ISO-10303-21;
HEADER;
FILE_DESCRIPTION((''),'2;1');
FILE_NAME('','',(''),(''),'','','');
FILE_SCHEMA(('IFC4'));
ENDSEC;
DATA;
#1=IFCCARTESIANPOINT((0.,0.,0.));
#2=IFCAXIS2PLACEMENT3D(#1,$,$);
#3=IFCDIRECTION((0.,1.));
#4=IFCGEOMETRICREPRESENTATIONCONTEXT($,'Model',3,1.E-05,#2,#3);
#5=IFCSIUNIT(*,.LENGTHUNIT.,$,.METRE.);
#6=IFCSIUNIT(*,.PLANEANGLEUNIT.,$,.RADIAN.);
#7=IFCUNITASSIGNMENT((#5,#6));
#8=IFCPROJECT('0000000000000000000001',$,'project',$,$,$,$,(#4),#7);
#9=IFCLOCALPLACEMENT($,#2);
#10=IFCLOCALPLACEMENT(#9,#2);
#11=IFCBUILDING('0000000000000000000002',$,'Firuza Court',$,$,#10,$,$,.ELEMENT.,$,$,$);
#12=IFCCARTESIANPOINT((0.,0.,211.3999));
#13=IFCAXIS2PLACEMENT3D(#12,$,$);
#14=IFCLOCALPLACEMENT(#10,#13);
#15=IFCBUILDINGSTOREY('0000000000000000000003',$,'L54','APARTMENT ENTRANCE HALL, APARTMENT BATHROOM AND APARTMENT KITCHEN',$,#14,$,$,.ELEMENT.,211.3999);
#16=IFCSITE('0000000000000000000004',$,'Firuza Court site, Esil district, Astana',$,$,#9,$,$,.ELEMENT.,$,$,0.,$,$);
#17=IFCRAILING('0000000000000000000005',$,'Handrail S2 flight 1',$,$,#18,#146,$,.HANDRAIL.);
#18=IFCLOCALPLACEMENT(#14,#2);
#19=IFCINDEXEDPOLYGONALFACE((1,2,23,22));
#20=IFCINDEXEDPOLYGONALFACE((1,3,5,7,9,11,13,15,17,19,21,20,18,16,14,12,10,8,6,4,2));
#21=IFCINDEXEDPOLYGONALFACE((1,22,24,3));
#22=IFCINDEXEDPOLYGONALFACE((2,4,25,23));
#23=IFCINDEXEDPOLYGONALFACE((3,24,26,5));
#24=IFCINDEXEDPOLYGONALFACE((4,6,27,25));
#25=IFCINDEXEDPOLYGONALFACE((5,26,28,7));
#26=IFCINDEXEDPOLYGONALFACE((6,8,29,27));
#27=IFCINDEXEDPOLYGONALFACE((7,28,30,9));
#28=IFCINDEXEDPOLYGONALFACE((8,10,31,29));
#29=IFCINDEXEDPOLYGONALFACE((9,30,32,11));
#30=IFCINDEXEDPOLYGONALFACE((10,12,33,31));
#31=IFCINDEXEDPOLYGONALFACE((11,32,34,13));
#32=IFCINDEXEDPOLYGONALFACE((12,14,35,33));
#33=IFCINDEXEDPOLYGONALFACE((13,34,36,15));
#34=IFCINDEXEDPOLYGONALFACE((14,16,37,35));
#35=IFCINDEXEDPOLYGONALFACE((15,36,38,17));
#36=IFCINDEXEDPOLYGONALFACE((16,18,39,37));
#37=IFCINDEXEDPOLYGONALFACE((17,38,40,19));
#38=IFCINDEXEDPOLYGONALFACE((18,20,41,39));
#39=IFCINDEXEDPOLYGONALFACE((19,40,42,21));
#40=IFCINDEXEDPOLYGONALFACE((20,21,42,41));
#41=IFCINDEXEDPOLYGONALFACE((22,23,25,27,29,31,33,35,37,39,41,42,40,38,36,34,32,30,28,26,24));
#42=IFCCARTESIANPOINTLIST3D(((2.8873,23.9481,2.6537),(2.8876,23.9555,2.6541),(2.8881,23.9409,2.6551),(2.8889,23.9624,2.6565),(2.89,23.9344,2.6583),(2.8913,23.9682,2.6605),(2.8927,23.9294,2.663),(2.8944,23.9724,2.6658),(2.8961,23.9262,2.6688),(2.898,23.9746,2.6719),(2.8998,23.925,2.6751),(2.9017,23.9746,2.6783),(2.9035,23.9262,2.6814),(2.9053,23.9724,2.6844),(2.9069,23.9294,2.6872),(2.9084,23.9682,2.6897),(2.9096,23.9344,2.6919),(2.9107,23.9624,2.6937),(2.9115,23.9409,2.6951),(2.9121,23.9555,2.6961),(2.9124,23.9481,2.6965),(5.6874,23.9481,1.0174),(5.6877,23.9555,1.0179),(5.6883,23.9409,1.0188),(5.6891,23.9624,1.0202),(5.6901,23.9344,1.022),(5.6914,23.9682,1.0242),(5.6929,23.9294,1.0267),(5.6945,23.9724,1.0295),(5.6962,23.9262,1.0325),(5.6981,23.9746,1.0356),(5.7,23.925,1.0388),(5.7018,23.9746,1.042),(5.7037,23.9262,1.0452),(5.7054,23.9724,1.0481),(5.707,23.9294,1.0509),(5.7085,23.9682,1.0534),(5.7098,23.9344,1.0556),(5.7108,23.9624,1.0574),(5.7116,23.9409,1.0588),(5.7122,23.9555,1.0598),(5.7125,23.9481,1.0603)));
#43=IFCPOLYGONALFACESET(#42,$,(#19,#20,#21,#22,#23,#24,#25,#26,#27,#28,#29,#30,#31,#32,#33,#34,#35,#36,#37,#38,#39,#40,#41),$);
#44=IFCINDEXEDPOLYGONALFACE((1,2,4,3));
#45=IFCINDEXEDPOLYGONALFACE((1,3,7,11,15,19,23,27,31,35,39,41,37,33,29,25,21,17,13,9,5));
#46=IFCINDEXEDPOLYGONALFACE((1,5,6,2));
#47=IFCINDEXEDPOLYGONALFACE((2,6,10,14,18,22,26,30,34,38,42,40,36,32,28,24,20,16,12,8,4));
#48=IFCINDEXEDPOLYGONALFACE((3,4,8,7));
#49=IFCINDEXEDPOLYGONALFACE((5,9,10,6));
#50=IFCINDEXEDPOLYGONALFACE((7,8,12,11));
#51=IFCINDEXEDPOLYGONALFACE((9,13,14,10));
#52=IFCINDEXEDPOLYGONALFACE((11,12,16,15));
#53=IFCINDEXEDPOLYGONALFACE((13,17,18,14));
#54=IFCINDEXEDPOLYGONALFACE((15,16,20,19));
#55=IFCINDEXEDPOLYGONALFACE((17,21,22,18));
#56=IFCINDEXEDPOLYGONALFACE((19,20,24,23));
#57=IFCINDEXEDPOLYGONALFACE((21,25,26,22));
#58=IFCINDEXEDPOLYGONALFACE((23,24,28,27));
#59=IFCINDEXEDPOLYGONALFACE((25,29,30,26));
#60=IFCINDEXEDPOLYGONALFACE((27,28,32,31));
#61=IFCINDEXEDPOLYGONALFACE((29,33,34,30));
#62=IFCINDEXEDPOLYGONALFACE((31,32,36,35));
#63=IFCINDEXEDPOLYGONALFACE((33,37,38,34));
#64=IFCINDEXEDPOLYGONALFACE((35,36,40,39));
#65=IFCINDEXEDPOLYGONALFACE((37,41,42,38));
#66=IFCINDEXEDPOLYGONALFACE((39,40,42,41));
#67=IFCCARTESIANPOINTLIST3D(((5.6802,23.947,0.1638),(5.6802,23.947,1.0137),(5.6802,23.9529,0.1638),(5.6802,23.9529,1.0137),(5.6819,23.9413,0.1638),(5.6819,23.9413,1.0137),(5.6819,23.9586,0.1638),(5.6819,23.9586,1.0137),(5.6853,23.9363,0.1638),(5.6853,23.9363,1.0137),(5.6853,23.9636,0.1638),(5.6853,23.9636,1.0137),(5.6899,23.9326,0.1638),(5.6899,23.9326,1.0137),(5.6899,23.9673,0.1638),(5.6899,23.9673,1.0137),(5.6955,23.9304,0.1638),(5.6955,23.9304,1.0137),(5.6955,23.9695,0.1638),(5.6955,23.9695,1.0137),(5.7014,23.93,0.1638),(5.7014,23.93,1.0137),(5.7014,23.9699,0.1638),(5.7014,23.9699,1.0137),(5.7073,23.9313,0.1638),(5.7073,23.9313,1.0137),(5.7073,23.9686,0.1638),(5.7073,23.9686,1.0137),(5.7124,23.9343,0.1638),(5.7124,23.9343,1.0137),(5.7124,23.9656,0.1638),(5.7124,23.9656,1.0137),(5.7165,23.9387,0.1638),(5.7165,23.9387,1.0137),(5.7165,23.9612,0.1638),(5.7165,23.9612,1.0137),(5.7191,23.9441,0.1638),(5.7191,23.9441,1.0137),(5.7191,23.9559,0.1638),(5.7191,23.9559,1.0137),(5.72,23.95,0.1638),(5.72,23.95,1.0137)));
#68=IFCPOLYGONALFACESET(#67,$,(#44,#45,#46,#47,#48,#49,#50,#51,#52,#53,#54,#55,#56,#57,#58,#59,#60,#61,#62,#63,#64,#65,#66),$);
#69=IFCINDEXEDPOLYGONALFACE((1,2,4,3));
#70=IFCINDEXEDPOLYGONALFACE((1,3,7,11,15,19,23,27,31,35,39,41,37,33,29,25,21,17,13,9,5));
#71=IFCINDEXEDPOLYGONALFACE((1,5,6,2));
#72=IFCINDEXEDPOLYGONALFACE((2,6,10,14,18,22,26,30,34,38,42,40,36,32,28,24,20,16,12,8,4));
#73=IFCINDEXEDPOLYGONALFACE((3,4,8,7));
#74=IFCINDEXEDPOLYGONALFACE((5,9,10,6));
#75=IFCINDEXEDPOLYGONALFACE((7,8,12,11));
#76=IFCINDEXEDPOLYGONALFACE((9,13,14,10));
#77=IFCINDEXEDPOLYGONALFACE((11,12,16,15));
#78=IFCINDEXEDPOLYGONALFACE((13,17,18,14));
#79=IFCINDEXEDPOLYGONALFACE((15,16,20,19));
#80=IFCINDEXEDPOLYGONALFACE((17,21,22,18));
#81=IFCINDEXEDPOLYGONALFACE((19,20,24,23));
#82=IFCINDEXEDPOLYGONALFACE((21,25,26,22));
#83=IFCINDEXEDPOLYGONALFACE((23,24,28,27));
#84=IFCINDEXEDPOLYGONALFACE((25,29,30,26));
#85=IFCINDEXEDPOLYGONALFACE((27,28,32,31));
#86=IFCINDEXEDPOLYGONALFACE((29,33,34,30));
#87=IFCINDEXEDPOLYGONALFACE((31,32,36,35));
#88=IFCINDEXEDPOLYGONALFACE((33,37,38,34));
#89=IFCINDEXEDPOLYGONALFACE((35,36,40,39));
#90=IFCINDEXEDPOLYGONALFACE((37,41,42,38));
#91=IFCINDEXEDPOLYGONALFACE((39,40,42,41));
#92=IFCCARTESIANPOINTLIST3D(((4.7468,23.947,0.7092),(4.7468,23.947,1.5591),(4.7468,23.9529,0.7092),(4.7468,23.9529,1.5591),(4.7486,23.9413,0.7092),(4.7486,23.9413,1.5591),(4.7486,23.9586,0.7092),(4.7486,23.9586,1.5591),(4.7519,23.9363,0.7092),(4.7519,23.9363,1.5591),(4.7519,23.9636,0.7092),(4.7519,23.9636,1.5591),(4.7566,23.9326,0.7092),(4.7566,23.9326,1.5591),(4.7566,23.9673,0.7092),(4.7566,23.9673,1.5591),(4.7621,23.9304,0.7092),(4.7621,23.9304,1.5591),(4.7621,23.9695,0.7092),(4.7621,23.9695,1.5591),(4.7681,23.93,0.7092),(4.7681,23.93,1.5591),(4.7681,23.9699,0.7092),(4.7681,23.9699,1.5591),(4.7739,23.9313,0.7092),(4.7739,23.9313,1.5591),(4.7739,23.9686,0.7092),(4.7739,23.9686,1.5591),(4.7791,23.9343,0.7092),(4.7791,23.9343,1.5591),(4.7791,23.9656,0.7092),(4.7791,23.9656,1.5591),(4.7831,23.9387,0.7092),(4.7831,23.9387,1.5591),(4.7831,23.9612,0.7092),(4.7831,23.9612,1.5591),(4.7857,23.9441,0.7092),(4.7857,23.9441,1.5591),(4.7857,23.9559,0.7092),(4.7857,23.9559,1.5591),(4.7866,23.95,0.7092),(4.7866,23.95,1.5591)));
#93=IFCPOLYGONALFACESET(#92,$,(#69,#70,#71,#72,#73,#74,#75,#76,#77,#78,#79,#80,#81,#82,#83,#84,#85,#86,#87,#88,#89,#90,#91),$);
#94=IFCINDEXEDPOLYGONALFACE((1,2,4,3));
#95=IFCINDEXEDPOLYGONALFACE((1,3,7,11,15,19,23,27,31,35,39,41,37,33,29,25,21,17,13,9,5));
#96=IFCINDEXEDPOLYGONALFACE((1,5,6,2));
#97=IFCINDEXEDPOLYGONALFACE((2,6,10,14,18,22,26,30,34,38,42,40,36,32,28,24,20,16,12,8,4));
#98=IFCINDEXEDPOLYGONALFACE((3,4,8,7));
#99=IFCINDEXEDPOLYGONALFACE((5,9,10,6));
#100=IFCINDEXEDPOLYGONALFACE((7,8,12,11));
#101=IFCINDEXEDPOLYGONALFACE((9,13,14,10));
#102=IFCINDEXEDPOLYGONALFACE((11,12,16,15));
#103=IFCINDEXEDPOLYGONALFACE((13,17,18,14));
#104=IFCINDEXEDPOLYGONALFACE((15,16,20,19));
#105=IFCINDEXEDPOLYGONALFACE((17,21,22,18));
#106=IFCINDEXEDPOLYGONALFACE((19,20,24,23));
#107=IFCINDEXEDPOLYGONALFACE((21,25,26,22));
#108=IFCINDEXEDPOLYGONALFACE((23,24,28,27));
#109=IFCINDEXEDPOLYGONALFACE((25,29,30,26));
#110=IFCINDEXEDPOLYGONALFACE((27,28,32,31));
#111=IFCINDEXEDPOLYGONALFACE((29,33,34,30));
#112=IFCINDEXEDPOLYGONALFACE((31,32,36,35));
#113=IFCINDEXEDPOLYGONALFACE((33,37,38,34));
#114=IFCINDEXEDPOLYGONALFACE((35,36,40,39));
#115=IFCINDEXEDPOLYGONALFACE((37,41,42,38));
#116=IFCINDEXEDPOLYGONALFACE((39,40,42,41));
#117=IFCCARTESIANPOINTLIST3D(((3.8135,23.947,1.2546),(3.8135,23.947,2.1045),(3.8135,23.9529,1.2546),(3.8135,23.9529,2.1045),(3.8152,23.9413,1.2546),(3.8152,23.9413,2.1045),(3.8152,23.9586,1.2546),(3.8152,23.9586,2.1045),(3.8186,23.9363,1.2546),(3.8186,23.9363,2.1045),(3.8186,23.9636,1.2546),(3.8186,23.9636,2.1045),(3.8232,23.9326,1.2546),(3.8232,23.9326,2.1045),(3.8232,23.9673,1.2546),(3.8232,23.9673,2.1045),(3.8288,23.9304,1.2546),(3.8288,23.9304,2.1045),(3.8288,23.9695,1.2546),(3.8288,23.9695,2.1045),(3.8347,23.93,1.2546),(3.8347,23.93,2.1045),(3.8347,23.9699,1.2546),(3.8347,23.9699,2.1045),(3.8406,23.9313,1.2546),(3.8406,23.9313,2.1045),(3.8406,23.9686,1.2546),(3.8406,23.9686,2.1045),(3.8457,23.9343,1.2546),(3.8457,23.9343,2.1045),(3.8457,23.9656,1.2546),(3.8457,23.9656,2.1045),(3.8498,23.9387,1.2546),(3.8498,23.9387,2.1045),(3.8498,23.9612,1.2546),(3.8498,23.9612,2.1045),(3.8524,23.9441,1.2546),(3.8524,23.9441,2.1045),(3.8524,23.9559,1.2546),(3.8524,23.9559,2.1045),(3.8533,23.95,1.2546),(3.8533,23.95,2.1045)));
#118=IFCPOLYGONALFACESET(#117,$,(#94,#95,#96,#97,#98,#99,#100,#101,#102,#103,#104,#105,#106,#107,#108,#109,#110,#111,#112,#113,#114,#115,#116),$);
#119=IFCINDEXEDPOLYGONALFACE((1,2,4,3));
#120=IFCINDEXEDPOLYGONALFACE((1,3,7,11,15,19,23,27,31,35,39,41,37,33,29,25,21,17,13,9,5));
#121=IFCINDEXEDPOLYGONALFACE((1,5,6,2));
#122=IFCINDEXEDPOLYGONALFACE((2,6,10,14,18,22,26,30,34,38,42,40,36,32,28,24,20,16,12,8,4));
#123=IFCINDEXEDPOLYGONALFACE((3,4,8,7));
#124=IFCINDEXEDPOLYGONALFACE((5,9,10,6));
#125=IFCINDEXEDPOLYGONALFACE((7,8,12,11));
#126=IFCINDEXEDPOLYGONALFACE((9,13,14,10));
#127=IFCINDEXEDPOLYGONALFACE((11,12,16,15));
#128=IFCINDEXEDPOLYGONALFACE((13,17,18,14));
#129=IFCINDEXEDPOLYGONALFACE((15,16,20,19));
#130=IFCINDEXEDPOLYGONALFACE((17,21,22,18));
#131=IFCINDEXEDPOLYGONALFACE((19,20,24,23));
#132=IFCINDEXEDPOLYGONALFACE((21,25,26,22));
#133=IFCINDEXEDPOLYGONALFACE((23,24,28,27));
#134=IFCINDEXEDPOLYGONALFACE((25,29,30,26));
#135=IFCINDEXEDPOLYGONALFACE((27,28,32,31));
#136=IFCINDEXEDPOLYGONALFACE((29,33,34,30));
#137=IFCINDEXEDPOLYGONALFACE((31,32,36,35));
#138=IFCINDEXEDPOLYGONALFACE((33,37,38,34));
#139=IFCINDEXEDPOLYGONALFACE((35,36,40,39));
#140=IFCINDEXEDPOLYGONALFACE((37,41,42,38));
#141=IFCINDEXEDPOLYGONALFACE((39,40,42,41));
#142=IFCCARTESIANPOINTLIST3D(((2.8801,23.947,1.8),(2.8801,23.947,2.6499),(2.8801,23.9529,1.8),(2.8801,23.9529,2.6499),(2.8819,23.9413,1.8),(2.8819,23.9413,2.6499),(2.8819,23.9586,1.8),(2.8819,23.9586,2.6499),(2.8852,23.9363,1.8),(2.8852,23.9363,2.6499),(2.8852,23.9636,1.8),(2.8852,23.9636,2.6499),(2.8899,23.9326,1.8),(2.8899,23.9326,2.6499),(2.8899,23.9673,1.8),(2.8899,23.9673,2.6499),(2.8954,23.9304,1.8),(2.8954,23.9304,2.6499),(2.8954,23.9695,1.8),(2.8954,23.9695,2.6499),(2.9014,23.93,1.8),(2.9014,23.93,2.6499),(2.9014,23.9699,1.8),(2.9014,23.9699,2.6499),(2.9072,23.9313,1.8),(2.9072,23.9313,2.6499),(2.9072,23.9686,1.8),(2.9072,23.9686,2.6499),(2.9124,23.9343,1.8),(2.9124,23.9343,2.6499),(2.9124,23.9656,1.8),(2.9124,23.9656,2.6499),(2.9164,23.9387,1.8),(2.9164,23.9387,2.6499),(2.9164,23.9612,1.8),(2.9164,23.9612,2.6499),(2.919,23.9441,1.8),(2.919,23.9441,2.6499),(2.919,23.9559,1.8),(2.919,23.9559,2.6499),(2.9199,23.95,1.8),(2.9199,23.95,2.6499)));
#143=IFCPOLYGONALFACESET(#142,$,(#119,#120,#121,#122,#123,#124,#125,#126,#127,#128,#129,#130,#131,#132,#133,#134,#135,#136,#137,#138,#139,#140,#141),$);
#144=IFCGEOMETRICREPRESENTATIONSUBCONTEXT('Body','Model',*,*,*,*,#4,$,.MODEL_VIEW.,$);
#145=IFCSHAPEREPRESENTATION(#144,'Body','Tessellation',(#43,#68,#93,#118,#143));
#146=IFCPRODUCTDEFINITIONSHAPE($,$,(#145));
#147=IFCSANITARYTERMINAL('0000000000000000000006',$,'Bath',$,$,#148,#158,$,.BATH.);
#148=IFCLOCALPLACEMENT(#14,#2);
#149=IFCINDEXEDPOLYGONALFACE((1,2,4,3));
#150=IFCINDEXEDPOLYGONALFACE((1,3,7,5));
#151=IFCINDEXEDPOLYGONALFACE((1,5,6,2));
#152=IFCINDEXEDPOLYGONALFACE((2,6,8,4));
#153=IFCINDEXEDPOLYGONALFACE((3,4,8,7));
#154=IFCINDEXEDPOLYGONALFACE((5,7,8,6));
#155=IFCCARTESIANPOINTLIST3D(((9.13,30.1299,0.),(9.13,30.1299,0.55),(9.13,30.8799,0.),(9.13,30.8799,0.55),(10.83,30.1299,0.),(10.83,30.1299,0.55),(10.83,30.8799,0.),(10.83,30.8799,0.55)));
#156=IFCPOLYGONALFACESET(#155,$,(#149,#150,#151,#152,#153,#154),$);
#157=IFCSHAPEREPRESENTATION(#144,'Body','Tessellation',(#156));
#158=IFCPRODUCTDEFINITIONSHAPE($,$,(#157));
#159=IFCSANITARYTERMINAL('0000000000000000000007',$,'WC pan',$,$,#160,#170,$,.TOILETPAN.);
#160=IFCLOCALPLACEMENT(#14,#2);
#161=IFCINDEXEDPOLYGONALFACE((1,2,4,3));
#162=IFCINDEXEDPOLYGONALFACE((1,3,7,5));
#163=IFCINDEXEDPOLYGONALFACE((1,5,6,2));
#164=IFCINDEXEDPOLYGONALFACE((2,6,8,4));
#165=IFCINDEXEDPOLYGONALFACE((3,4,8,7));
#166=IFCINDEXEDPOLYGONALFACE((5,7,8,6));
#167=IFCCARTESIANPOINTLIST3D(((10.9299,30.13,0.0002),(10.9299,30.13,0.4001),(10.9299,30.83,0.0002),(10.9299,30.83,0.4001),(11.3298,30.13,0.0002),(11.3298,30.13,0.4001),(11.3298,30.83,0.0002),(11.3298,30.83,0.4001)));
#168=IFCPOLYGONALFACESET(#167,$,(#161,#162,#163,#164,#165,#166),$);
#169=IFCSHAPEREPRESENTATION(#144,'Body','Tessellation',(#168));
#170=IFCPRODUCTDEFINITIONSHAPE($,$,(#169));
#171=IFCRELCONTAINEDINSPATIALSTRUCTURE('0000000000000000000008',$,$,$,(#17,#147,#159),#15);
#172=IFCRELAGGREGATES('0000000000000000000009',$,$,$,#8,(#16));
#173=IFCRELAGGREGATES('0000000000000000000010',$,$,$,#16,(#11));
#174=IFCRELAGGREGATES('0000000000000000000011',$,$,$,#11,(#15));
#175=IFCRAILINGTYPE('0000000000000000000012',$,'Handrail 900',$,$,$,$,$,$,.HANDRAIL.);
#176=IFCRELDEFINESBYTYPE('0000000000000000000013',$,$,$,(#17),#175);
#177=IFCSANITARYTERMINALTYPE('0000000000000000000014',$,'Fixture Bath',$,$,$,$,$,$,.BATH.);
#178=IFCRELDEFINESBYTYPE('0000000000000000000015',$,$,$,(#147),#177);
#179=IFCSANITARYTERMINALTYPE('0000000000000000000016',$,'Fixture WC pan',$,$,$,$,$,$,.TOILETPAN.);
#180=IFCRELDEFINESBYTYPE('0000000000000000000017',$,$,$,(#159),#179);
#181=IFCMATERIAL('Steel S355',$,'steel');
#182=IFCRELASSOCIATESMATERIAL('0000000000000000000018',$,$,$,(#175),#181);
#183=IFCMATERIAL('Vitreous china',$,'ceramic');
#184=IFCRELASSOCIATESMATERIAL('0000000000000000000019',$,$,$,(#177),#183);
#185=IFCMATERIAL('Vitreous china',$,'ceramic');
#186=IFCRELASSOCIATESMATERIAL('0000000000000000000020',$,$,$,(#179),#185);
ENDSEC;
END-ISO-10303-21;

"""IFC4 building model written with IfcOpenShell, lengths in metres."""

from ifc_helpers import new_model, si_unit, direction, frame, origin, origin_2d, place, context, subcontext, project, spatial, rectangle, circle, extrude, material, type_object, element, save


model = new_model("IFC4")

# Units and contexts
model_context = context("Model", 3, precision=1e-05, world=origin(), true_north=direction((0.0, 1.0)))
body_context = subcontext(model_context, "Body", "Model", "MODEL_VIEW")
ifc_project = project(units=[si_unit("LENGTHUNIT", "METRE"), si_unit("PLANEANGLEUNIT", "RADIAN")], contexts=[model_context])

# Site, building, storey
site_placement = place(None, origin())
site = spatial("IfcSite", under=ifc_project, at=site_placement, Name="Firuza Court site, Esil district, Astana", CompositionType="ELEMENT", RefElevation=0.0)
building_placement = place(site_placement, origin())
building = spatial("IfcBuilding", under=site, at=building_placement, Name="Firuza Court", CompositionType="ELEMENT")
storey_placement = place(building_placement, frame((0.0, 0.0, 211.3999)))
storey = spatial("IfcBuildingStorey", under=building, at=storey_placement, Name="L54", Description="APARTMENT ENTRANCE HALL, APARTMENT BATHROOM AND APARTMENT KITCHEN", CompositionType="ELEMENT", Elevation=211.3999)

# Railing
ifc_material_1 = material(Name="Steel S355", Category="steel")
railing_type_1 = type_object("IfcRailingType", Name="Handrail 900", PredefinedType="HANDRAIL", material=ifc_material_1)
railing_1_placement = place(storey_placement, frame((5.7, 23.95, 0.1638)))
element("IfcRailing", 1, at=railing_1_placement, inside=storey, type_object=railing_type_1, Name="Handrail S2 flight 1", PredefinedType="HANDRAIL", context=body_context, shape_type="SweptSolid", body=[
    extrude(circle(Radius=0.0249, at=origin_2d()), frame((0.0, 0.0, 0.875), z_axis=(-0.863394, 0.0, 0.504531), x_axis=(0.0, -1.0, 0.0)), (0.0, 0.0, 1.0), 3.2432),
    extrude(circle(Radius=0.02, at=origin_2d()), origin(), (0.0, 0.0, 1.0), 0.8499),
    extrude(circle(Radius=0.02, at=origin_2d()), frame((-0.9333, 0.0, 0.5454)), (0.0, 0.0, 1.0), 0.8499),
    extrude(circle(Radius=0.02, at=origin_2d()), frame((-1.8667, 0.0, 1.0908)), (0.0, 0.0, 1.0), 0.8499),
    extrude(circle(Radius=0.02, at=origin_2d()), frame((-2.8, 0.0, 1.6362)), (0.0, 0.0, 1.0), 0.8499),
])

# Sanitary terminals
ifc_material_2 = material(Name="Vitreous china", Category="ceramic")
sanitary_terminal_type_1 = type_object("IfcSanitaryTerminalType", Name="Fixture Bath", PredefinedType="BATH", material=ifc_material_2)
sanitary_terminal_1_placement = place(storey_placement, frame((9.98, 30.5049, 0.0), z_axis=(0.0, 0.0, 1.0), x_axis=(1.0, 0.0, 0.0)))
element("IfcSanitaryTerminal", 2, at=sanitary_terminal_1_placement, inside=storey, type_object=sanitary_terminal_type_1, Name="Bath", PredefinedType="BATH", context=body_context, shape_type="SweptSolid", body=[
    extrude(rectangle(XDim=1.7, YDim=0.75, at=origin_2d()), origin(), (0.0, 0.0, 1.0), 0.55),
])
ifc_material_3 = material(Name="Vitreous china", Category="ceramic")
sanitary_terminal_type_2 = type_object("IfcSanitaryTerminalType", Name="Fixture WC pan", PredefinedType="TOILETPAN", material=ifc_material_3)
sanitary_terminal_2_placement = place(storey_placement, frame((11.1299, 30.48, 0.0002), z_axis=(0.0, 0.0, 1.0), x_axis=(1.0, 0.0, 0.0)))
element("IfcSanitaryTerminal", 3, at=sanitary_terminal_2_placement, inside=storey, type_object=sanitary_terminal_type_2, Name="WC pan", PredefinedType="TOILETPAN", context=body_context, shape_type="SweptSolid", body=[
    extrude(rectangle(XDim=0.3999, YDim=0.7, at=origin_2d()), origin(), (0.0, 0.0, 1.0), 0.3999),
])

save(model, "model.ifc")
